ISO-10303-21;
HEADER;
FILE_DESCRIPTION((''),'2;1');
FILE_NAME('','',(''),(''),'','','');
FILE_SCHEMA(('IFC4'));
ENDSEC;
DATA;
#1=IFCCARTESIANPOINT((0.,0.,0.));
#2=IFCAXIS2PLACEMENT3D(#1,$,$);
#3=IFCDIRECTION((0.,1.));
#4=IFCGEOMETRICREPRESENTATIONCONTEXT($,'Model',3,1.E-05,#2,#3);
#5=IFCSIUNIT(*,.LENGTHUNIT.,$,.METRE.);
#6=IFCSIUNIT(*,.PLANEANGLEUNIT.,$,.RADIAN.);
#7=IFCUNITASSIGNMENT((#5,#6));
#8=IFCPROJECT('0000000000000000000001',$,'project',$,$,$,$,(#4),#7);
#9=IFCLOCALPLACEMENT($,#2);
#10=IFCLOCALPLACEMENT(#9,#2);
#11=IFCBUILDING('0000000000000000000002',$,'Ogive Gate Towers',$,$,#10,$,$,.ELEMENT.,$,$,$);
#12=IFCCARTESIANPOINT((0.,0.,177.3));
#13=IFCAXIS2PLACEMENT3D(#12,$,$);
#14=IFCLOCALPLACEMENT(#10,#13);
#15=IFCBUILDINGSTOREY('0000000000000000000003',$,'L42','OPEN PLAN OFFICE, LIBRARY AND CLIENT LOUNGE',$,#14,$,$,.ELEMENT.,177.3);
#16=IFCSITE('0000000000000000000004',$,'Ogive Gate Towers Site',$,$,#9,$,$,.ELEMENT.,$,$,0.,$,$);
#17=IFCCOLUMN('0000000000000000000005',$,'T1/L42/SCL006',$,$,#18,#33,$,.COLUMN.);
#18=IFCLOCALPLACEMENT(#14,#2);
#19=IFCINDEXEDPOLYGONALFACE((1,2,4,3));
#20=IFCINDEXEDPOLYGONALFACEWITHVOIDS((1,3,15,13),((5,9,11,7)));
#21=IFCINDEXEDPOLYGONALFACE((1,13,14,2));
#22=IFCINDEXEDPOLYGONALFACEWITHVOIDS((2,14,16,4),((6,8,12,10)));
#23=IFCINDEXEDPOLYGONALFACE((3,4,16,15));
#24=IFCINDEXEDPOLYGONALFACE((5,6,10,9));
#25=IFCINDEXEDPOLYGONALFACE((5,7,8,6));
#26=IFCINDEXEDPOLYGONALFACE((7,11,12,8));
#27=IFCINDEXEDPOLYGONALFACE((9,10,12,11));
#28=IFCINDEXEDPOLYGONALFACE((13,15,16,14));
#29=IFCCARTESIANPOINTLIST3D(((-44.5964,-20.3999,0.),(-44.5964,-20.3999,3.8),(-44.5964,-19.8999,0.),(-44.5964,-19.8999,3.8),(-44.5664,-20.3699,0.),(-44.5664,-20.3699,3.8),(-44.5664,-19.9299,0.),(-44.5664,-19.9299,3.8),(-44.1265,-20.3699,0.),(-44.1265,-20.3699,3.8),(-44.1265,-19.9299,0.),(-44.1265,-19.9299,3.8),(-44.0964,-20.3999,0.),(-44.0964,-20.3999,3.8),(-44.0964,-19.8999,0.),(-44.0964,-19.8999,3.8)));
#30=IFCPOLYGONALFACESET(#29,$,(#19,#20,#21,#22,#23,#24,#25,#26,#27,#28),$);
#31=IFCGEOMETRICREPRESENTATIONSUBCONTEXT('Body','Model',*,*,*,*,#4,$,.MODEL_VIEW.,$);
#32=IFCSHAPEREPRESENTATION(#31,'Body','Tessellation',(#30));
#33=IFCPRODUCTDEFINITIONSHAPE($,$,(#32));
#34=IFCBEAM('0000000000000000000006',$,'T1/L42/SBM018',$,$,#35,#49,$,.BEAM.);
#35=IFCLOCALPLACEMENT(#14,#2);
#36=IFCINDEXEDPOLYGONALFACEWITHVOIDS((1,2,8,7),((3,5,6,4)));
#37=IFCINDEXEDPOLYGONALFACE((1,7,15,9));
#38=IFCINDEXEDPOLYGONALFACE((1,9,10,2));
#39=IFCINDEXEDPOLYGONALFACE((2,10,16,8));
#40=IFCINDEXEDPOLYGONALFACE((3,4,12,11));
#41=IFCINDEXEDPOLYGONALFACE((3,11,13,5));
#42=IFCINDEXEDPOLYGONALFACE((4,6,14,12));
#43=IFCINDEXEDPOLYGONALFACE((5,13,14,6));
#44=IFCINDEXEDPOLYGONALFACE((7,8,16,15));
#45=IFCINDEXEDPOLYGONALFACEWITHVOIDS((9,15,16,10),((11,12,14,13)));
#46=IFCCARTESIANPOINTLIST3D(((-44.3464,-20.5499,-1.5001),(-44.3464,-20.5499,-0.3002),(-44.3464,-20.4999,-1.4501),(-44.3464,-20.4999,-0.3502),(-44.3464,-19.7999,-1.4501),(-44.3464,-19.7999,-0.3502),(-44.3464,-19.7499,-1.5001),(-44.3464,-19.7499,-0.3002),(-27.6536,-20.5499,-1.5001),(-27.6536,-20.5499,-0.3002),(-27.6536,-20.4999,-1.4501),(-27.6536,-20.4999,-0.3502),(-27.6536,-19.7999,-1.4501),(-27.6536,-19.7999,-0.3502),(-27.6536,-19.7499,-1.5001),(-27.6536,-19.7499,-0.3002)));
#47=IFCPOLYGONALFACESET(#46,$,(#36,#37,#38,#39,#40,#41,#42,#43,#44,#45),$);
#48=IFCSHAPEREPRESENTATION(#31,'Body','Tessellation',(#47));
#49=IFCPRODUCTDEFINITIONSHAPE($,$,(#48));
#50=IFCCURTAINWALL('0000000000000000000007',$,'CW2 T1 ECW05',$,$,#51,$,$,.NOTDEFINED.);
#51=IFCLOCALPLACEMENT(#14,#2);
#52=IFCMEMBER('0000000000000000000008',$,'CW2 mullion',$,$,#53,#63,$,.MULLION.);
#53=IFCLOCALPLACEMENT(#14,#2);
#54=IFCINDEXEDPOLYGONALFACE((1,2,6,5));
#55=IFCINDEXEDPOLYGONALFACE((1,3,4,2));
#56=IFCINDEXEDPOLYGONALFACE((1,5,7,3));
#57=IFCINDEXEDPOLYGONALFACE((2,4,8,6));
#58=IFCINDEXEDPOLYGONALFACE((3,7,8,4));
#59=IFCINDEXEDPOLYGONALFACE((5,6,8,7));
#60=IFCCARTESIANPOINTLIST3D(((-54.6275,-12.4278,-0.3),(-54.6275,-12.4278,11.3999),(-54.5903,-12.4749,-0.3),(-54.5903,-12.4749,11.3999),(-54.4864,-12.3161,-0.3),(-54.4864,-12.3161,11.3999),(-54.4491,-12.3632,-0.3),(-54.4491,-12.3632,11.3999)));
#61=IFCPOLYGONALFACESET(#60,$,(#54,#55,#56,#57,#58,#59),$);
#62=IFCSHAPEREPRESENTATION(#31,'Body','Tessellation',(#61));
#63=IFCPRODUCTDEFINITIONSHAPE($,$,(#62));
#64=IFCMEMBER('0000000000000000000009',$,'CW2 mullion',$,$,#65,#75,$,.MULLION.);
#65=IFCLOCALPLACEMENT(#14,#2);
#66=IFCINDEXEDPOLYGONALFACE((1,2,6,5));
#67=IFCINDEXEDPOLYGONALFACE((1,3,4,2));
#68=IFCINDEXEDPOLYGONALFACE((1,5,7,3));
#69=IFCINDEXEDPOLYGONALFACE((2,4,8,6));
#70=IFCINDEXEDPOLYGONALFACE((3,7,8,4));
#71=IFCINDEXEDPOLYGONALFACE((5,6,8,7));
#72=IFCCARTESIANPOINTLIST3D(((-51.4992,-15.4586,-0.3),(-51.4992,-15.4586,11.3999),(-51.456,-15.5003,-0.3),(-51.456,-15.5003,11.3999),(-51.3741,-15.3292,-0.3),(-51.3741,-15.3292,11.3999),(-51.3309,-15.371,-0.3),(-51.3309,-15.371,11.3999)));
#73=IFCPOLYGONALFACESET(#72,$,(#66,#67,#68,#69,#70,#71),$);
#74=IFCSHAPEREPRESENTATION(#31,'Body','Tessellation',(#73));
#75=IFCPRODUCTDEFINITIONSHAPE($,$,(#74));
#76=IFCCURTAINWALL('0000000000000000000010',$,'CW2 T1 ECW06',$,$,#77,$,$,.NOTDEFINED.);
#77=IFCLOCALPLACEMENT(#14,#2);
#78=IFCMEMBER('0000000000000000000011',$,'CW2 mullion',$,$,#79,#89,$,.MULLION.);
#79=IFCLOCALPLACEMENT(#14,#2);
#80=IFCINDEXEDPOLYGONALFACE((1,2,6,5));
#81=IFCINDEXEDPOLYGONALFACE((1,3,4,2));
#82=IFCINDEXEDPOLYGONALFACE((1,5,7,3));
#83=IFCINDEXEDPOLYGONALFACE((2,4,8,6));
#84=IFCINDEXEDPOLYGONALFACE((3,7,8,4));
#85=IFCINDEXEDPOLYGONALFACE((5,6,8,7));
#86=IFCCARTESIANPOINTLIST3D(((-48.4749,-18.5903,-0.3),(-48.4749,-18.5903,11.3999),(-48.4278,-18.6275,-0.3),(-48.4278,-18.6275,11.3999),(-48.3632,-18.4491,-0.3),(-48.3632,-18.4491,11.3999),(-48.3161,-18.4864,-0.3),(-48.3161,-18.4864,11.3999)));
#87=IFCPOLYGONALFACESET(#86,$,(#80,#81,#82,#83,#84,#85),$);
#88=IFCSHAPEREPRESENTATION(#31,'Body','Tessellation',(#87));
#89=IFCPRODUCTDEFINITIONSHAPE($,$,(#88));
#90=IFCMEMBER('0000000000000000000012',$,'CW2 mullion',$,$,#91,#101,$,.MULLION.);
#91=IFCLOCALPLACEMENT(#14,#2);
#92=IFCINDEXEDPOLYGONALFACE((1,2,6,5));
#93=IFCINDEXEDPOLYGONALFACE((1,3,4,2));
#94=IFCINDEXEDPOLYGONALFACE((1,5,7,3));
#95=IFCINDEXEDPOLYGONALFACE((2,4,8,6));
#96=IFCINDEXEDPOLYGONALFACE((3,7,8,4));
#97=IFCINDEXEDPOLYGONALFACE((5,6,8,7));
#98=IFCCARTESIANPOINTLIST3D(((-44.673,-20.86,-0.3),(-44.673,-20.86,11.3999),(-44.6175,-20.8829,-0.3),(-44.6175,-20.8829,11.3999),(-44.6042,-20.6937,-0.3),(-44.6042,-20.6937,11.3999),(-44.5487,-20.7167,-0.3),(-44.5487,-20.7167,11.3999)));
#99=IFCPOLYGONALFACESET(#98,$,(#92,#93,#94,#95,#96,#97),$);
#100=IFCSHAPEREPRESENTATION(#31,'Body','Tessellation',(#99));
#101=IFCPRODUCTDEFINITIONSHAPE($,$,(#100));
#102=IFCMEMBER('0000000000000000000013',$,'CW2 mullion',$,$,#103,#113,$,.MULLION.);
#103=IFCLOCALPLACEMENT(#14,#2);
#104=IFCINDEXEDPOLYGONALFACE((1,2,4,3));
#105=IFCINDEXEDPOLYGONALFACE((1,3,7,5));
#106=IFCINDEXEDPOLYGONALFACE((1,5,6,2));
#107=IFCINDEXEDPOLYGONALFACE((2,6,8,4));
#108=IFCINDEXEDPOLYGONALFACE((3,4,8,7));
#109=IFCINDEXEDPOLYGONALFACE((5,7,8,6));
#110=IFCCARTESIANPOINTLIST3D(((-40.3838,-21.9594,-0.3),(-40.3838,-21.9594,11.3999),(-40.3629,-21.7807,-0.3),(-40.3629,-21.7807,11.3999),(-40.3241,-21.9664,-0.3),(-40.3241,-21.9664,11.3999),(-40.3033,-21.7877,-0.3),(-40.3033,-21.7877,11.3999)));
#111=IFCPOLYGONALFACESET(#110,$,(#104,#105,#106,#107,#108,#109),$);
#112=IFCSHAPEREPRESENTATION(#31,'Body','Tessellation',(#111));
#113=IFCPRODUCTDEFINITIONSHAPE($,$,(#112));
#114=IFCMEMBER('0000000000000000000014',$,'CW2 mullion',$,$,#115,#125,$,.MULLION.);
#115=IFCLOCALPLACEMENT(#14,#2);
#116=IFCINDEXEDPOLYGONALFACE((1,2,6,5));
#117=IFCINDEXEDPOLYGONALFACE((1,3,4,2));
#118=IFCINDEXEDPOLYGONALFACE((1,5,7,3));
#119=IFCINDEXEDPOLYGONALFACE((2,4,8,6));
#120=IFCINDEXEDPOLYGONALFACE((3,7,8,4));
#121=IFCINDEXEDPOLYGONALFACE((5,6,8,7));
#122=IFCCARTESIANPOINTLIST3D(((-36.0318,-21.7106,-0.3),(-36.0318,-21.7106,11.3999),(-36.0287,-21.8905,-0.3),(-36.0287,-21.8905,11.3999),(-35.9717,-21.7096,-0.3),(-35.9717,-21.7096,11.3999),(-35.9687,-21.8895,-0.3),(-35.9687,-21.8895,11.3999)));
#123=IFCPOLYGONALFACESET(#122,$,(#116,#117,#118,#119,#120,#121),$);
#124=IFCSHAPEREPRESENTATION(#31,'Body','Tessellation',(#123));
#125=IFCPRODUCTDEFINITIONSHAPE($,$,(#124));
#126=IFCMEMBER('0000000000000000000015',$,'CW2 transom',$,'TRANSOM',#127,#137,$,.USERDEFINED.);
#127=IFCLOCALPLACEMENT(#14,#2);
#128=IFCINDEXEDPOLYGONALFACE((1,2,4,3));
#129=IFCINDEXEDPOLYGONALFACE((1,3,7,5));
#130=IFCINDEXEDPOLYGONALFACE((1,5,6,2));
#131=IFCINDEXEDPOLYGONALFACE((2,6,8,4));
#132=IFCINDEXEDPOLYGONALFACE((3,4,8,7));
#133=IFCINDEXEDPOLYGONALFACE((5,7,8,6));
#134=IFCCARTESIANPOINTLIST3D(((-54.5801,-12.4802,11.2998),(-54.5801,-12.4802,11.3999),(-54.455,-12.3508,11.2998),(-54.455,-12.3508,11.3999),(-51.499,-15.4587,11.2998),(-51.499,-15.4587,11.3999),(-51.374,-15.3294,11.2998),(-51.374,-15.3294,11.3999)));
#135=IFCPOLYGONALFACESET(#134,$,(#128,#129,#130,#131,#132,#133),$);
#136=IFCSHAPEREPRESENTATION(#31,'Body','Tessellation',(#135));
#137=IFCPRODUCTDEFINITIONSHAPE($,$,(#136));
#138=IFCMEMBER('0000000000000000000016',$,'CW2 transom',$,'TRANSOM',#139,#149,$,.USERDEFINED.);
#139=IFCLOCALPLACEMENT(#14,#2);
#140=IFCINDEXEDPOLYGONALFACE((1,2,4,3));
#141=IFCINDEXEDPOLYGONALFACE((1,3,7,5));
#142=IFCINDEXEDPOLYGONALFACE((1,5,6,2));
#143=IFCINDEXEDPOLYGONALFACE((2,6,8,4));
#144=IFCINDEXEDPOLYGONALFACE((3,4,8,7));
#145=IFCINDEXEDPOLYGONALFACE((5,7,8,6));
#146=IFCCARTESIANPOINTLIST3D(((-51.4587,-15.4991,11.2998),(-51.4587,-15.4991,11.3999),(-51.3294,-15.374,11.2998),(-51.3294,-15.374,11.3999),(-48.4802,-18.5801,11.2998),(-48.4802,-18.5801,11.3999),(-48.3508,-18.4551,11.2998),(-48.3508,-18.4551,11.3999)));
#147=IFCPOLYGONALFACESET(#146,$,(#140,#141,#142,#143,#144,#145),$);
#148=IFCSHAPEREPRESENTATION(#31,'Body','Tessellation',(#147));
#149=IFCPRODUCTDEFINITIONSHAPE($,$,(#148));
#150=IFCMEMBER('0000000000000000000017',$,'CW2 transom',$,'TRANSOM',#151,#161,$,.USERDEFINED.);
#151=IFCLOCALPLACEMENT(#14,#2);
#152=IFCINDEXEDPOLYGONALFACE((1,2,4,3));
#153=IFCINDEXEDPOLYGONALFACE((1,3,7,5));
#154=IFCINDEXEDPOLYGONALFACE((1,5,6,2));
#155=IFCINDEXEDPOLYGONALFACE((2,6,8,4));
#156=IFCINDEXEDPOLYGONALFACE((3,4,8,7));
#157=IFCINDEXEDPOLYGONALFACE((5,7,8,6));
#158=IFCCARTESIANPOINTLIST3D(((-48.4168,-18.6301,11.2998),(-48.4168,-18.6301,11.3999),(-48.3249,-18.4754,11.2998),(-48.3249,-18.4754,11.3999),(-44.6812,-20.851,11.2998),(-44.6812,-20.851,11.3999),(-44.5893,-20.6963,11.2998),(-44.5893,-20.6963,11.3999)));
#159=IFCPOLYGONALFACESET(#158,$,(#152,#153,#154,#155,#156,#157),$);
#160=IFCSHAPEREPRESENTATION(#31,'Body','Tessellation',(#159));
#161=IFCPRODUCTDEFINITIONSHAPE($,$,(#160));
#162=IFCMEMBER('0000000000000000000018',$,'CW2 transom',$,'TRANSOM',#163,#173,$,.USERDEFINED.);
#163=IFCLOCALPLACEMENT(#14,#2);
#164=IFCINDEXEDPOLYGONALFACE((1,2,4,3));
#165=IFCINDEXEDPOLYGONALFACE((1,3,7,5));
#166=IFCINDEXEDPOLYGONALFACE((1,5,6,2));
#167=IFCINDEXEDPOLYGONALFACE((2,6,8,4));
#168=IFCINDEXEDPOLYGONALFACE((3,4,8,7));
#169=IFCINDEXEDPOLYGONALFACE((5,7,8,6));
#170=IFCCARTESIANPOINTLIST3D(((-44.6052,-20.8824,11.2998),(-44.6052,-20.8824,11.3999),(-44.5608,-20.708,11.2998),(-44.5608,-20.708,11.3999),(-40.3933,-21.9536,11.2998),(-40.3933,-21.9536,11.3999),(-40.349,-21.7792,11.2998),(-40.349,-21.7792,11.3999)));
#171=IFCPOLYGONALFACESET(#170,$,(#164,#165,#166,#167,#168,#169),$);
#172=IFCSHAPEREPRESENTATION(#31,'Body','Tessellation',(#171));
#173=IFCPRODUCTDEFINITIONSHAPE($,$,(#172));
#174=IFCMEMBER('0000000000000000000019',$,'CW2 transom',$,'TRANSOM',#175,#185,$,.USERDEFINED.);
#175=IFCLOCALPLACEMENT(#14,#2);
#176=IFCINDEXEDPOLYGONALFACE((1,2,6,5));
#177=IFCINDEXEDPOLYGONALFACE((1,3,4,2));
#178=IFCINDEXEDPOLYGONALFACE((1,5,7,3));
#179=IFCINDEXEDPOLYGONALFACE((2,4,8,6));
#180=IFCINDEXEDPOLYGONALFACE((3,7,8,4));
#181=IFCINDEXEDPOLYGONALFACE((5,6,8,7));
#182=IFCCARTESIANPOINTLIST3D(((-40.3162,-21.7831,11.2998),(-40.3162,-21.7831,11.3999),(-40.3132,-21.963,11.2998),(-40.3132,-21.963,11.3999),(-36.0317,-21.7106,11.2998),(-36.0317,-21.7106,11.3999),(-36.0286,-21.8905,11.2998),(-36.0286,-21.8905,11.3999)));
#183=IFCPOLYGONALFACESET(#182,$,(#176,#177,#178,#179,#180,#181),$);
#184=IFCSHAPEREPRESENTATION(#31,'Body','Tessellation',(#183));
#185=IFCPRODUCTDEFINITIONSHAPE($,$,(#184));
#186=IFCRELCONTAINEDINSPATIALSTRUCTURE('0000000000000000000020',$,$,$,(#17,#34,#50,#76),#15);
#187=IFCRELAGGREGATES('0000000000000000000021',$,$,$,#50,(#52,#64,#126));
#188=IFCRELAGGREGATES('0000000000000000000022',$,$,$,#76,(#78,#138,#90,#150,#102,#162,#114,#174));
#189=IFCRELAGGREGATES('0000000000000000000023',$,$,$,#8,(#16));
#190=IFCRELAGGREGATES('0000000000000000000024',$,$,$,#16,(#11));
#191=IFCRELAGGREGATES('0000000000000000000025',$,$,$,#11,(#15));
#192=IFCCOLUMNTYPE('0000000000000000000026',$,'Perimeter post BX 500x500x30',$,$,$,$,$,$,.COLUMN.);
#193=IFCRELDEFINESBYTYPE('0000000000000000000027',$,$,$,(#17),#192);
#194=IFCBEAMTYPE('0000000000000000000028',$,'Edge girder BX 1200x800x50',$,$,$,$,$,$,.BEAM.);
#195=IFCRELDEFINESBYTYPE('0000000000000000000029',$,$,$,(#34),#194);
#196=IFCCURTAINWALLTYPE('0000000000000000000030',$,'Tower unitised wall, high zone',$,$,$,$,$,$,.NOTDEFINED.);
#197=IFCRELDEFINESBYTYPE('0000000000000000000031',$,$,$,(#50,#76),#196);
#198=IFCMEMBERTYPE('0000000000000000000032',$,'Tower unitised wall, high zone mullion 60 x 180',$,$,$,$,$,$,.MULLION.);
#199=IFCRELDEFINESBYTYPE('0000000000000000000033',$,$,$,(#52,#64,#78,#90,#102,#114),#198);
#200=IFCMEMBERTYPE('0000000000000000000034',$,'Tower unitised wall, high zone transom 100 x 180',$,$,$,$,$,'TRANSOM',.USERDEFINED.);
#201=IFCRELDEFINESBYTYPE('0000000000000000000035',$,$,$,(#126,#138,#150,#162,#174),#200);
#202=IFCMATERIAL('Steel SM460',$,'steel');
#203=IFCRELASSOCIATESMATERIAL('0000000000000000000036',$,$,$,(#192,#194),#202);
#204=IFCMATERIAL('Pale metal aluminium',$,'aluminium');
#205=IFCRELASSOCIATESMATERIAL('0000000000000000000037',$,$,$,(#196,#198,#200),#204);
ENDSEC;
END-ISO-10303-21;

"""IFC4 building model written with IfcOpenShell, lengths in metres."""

from ifc_helpers import new_model, si_unit, direction, frame, origin, origin_2d, place, context, subcontext, project, spatial, rectangle, hollow_rectangle, extrude, material, material_profile, profile_set, type_object, element, aggregate, save


model = new_model("IFC4")

# Units and contexts
model_context = context("Model", 3, precision=1e-05, world=origin(), true_north=direction((0.0, 1.0)))
body_context = subcontext(model_context, "Body", "Model", "MODEL_VIEW")
ifc_project = project(units=[si_unit("LENGTHUNIT", "METRE"), si_unit("PLANEANGLEUNIT", "RADIAN")], contexts=[model_context])

# Site, building, storey
site_placement = place(None, origin())
site = spatial("IfcSite", under=ifc_project, at=site_placement, Name="Ogive Gate Towers Site", CompositionType="ELEMENT", RefElevation=0.0)
building_placement = place(site_placement, origin())
building = spatial("IfcBuilding", under=site, at=building_placement, Name="Ogive Gate Towers", CompositionType="ELEMENT")
storey_placement = place(building_placement, frame((0.0, 0.0, 177.3)))
storey = spatial("IfcBuildingStorey", under=building, at=storey_placement, Name="L42", Description="OPEN PLAN OFFICE, LIBRARY AND CLIENT LOUNGE", CompositionType="ELEMENT", Elevation=177.3)

# Column
ifc_material_1 = material(Name="Steel SM460", Category="steel")
ifc_material_profile_1 = material_profile(ifc_material_1, hollow_rectangle(XDim=0.5, YDim=0.5, WallThickness=0.03, at=origin_2d()), Name="BX 500x500x30")
ifc_profile_set_1 = profile_set([ifc_material_profile_1], Name="Steel SM460")
column_type = type_object("IfcColumnType", Name="Perimeter post BX 500x500x30", PredefinedType="COLUMN", material=ifc_profile_set_1)
column_placement = place(storey_placement, frame((-44.3464, -20.1499, 0.0), z_axis=(0.0, 0.0, 1.0), x_axis=(1.0, 0.0, 0.0)))
element("IfcColumn", 1, at=column_placement, inside=storey, type_object=column_type, Name="T1/L42/SCL006", PredefinedType="COLUMN", context=body_context, shape_type="SweptSolid", body=[
    extrude(hollow_rectangle(XDim=0.5, YDim=0.5, WallThickness=0.03, at=origin_2d()), origin(), (0.0, 0.0, 1.0), 3.8),
])

# Beam
ifc_material_profile_2 = material_profile(ifc_material_1, hollow_rectangle(XDim=0.8, YDim=1.2, WallThickness=0.05, at=origin_2d()), Name="BX 1200x800x50")
ifc_profile_set_2 = profile_set([ifc_material_profile_2], Name="Steel SM460")
beam_type = type_object("IfcBeamType", Name="Edge girder BX 1200x800x50", PredefinedType="BEAM", material=ifc_profile_set_2)
beam_placement = place(storey_placement, frame((-44.3464, -20.1499, -0.9001), z_axis=(1.0, 0.0, 0.0), x_axis=(0.0, 1.0, 0.0)))
element("IfcBeam", 2, at=beam_placement, inside=storey, type_object=beam_type, Name="T1/L42/SBM018", PredefinedType="BEAM", context=body_context, shape_type="SweptSolid", body=[
    extrude(hollow_rectangle(XDim=0.8, YDim=1.2, WallThickness=0.05, at=origin_2d()), origin(), (0.0, 0.0, 1.0), 16.6929),
])

# Curtain walls, members
ifc_material_2 = material(Name="Pale metal aluminium", Category="aluminium")
curtain_wall_type = type_object("IfcCurtainWallType", Name="Tower unitised wall, high zone", PredefinedType="NOTDEFINED", material=ifc_material_2)
curtain_wall_1_placement = place(storey_placement, origin())
curtain_wall_1 = element("IfcCurtainWall", 3, at=curtain_wall_1_placement, inside=storey, type_object=curtain_wall_type, Name="CW2 T1 ECW05", PredefinedType="NOTDEFINED")
ifc_material_profile_3 = material_profile(ifc_material_2, rectangle(XDim=0.1799, YDim=0.0601, at=origin_2d()), Name="60 x 180 aluminium box")
ifc_profile_set_3 = profile_set([ifc_material_profile_3], Name="Pale metal aluminium")
member_type_1 = type_object("IfcMemberType", Name="Tower unitised wall, high zone mullion 60 x 180", PredefinedType="MULLION", material=ifc_profile_set_3)
member_1_placement = place(storey_placement, frame((-54.5383, -12.3955, -0.3), z_axis=(0.0, 0.0, 1.0), x_axis=(-0.784235, -0.620464, 0.0)))
member_1 = element("IfcMember", 4, at=member_1_placement, type_object=member_type_1, Name="CW2 mullion", PredefinedType="MULLION", context=body_context, shape_type="SweptSolid", body=[
    extrude(rectangle(XDim=0.1799, YDim=0.0601, at=origin_2d()), origin(), (0.0, 0.0, 1.0), 11.7),
])
member_2_placement = place(storey_placement, frame((-51.415, -15.4148, -0.3), z_axis=(0.0, 0.0, 1.0), x_axis=(-0.695047, -0.718964, 0.0)))
member_2 = element("IfcMember", 5, at=member_2_placement, type_object=member_type_1, Name="CW2 mullion", PredefinedType="MULLION", context=body_context, shape_type="SweptSolid", body=[
    extrude(rectangle(XDim=0.1799, YDim=0.0601, at=origin_2d()), origin(), (0.0, 0.0, 1.0), 11.7),
])
curtain_wall_2_placement = place(storey_placement, origin())
curtain_wall_2 = element("IfcCurtainWall", 6, at=curtain_wall_2_placement, inside=storey, type_object=curtain_wall_type, Name="CW2 T1 ECW06", PredefinedType="NOTDEFINED")
member_3_placement = place(storey_placement, frame((-48.3955, -18.5383, -0.3), z_axis=(0.0, 0.0, 1.0), x_axis=(-0.620464, -0.784235, 0.0)))
member_3 = element("IfcMember", 7, at=member_3_placement, type_object=member_type_1, Name="CW2 mullion", PredefinedType="MULLION", context=body_context, shape_type="SweptSolid", body=[
    extrude(rectangle(XDim=0.1799, YDim=0.0601, at=origin_2d()), origin(), (0.0, 0.0, 1.0), 11.7),
])
member_4_placement = place(storey_placement, frame((-44.6108, -20.7883, -0.3), z_axis=(0.0, 0.0, 1.0), x_axis=(-0.382683, -0.92388, 0.0)))
member_4 = element("IfcMember", 8, at=member_4_placement, type_object=member_type_1, Name="CW2 mullion", PredefinedType="MULLION", context=body_context, shape_type="SweptSolid", body=[
    extrude(rectangle(XDim=0.1799, YDim=0.0601, at=origin_2d()), origin(), (0.0, 0.0, 1.0), 11.7),
])
member_5_placement = place(storey_placement, frame((-40.3435, -21.8735, -0.3), z_axis=(0.0, 0.0, 1.0), x_axis=(-0.115804, -0.993272, 0.0)))
member_5 = element("IfcMember", 9, at=member_5_placement, type_object=member_type_1, Name="CW2 mullion", PredefinedType="MULLION", context=body_context, shape_type="SweptSolid", body=[
    extrude(rectangle(XDim=0.1799, YDim=0.0601, at=origin_2d()), origin(), (0.0, 0.0, 1.0), 11.7),
])
member_6_placement = place(storey_placement, frame((-36.0002, -21.8, -0.3), z_axis=(0.0, 0.0, 1.0), x_axis=(0.016911, -0.999857, 0.0)))
member_6 = element("IfcMember", 10, at=member_6_placement, type_object=member_type_1, Name="CW2 mullion", PredefinedType="MULLION", context=body_context, shape_type="SweptSolid", body=[
    extrude(rectangle(XDim=0.1799, YDim=0.0601, at=origin_2d()), origin(), (0.0, 0.0, 1.0), 11.7),
])

# Members
ifc_material_profile_4 = material_profile(ifc_material_2, rectangle(XDim=0.1799, YDim=0.1001, at=origin_2d()), Name="100 x 180 aluminium box")
ifc_profile_set_4 = profile_set([ifc_material_profile_4], Name="Pale metal aluminium")
member_type_2 = type_object("IfcMemberType", Name="Tower unitised wall, high zone transom 100 x 180", ElementType="TRANSOM", PredefinedType="USERDEFINED", material=ifc_profile_set_4)
member_7_placement = place(storey_placement, frame((-54.5176, -12.4155, 11.3499), z_axis=(0.718969, -0.695042, 0.0), x_axis=(0.695042, 0.718969, 0.0)))
member_7 = element("IfcMember", 11, at=member_7_placement, type_object=member_type_2, Name="CW2 transom", ObjectType="TRANSOM", PredefinedType="USERDEFINED", context=body_context, shape_type="SweptSolid", body=[
    extrude(rectangle(XDim=0.1799, YDim=0.1001, at=origin_2d()), origin(), (0.0, 0.0, 1.0), 4.2854),
])
member_8_placement = place(storey_placement, frame((-51.394, -15.4365, 11.3499), z_axis=(0.695042, -0.718969, 0.0), x_axis=(0.718969, 0.695042, 0.0)))
member_8 = element("IfcMember", 12, at=member_8_placement, type_object=member_type_2, Name="CW2 transom", ObjectType="TRANSOM", PredefinedType="USERDEFINED", context=body_context, shape_type="SweptSolid", body=[
    extrude(rectangle(XDim=0.1799, YDim=0.1001, at=origin_2d()), origin(), (0.0, 0.0, 1.0), 4.2854),
])
member_9_placement = place(storey_placement, frame((-48.3708, -18.5527, 11.3499), z_axis=(0.859558, -0.511038, 0.0), x_axis=(0.511038, 0.859558, 0.0)))
member_9 = element("IfcMember", 13, at=member_9_placement, type_object=member_type_2, Name="CW2 transom", ObjectType="TRANSOM", PredefinedType="USERDEFINED", context=body_context, shape_type="SweptSolid", body=[
    extrude(rectangle(XDim=0.1799, YDim=0.1001, at=origin_2d()), origin(), (0.0, 0.0, 1.0), 4.3459),
])
member_10_placement = place(storey_placement, frame((-44.583, -20.7952, 11.3499), z_axis=(0.969143, -0.246499, 0.0), x_axis=(0.246499, 0.969143, 0.0)))
member_10 = element("IfcMember", 14, at=member_10_placement, type_object=member_type_2, Name="CW2 transom", ObjectType="TRANSOM", PredefinedType="USERDEFINED", context=body_context, shape_type="SweptSolid", body=[
    extrude(rectangle(XDim=0.1799, YDim=0.1001, at=origin_2d()), origin(), (0.0, 0.0, 1.0), 4.3459),
])
member_11_placement = place(storey_placement, frame((-40.3147, -21.873, 11.3499), z_axis=(0.999857, 0.016922, 0.0), x_axis=(-0.016922, 0.999857, 0.0)))
member_11 = element("IfcMember", 15, at=member_11_placement, type_object=member_type_2, Name="CW2 transom", ObjectType="TRANSOM", PredefinedType="USERDEFINED", context=body_context, shape_type="SweptSolid", body=[
    extrude(rectangle(XDim=0.1799, YDim=0.1001, at=origin_2d()), origin(), (0.0, 0.0, 1.0), 4.2852),
])

aggregate(curtain_wall_1, [member_1, member_2, member_7])
aggregate(curtain_wall_2, [member_3, member_8, member_4, member_9, member_5, member_10, member_6, member_11])

save(model, "model.ifc")
